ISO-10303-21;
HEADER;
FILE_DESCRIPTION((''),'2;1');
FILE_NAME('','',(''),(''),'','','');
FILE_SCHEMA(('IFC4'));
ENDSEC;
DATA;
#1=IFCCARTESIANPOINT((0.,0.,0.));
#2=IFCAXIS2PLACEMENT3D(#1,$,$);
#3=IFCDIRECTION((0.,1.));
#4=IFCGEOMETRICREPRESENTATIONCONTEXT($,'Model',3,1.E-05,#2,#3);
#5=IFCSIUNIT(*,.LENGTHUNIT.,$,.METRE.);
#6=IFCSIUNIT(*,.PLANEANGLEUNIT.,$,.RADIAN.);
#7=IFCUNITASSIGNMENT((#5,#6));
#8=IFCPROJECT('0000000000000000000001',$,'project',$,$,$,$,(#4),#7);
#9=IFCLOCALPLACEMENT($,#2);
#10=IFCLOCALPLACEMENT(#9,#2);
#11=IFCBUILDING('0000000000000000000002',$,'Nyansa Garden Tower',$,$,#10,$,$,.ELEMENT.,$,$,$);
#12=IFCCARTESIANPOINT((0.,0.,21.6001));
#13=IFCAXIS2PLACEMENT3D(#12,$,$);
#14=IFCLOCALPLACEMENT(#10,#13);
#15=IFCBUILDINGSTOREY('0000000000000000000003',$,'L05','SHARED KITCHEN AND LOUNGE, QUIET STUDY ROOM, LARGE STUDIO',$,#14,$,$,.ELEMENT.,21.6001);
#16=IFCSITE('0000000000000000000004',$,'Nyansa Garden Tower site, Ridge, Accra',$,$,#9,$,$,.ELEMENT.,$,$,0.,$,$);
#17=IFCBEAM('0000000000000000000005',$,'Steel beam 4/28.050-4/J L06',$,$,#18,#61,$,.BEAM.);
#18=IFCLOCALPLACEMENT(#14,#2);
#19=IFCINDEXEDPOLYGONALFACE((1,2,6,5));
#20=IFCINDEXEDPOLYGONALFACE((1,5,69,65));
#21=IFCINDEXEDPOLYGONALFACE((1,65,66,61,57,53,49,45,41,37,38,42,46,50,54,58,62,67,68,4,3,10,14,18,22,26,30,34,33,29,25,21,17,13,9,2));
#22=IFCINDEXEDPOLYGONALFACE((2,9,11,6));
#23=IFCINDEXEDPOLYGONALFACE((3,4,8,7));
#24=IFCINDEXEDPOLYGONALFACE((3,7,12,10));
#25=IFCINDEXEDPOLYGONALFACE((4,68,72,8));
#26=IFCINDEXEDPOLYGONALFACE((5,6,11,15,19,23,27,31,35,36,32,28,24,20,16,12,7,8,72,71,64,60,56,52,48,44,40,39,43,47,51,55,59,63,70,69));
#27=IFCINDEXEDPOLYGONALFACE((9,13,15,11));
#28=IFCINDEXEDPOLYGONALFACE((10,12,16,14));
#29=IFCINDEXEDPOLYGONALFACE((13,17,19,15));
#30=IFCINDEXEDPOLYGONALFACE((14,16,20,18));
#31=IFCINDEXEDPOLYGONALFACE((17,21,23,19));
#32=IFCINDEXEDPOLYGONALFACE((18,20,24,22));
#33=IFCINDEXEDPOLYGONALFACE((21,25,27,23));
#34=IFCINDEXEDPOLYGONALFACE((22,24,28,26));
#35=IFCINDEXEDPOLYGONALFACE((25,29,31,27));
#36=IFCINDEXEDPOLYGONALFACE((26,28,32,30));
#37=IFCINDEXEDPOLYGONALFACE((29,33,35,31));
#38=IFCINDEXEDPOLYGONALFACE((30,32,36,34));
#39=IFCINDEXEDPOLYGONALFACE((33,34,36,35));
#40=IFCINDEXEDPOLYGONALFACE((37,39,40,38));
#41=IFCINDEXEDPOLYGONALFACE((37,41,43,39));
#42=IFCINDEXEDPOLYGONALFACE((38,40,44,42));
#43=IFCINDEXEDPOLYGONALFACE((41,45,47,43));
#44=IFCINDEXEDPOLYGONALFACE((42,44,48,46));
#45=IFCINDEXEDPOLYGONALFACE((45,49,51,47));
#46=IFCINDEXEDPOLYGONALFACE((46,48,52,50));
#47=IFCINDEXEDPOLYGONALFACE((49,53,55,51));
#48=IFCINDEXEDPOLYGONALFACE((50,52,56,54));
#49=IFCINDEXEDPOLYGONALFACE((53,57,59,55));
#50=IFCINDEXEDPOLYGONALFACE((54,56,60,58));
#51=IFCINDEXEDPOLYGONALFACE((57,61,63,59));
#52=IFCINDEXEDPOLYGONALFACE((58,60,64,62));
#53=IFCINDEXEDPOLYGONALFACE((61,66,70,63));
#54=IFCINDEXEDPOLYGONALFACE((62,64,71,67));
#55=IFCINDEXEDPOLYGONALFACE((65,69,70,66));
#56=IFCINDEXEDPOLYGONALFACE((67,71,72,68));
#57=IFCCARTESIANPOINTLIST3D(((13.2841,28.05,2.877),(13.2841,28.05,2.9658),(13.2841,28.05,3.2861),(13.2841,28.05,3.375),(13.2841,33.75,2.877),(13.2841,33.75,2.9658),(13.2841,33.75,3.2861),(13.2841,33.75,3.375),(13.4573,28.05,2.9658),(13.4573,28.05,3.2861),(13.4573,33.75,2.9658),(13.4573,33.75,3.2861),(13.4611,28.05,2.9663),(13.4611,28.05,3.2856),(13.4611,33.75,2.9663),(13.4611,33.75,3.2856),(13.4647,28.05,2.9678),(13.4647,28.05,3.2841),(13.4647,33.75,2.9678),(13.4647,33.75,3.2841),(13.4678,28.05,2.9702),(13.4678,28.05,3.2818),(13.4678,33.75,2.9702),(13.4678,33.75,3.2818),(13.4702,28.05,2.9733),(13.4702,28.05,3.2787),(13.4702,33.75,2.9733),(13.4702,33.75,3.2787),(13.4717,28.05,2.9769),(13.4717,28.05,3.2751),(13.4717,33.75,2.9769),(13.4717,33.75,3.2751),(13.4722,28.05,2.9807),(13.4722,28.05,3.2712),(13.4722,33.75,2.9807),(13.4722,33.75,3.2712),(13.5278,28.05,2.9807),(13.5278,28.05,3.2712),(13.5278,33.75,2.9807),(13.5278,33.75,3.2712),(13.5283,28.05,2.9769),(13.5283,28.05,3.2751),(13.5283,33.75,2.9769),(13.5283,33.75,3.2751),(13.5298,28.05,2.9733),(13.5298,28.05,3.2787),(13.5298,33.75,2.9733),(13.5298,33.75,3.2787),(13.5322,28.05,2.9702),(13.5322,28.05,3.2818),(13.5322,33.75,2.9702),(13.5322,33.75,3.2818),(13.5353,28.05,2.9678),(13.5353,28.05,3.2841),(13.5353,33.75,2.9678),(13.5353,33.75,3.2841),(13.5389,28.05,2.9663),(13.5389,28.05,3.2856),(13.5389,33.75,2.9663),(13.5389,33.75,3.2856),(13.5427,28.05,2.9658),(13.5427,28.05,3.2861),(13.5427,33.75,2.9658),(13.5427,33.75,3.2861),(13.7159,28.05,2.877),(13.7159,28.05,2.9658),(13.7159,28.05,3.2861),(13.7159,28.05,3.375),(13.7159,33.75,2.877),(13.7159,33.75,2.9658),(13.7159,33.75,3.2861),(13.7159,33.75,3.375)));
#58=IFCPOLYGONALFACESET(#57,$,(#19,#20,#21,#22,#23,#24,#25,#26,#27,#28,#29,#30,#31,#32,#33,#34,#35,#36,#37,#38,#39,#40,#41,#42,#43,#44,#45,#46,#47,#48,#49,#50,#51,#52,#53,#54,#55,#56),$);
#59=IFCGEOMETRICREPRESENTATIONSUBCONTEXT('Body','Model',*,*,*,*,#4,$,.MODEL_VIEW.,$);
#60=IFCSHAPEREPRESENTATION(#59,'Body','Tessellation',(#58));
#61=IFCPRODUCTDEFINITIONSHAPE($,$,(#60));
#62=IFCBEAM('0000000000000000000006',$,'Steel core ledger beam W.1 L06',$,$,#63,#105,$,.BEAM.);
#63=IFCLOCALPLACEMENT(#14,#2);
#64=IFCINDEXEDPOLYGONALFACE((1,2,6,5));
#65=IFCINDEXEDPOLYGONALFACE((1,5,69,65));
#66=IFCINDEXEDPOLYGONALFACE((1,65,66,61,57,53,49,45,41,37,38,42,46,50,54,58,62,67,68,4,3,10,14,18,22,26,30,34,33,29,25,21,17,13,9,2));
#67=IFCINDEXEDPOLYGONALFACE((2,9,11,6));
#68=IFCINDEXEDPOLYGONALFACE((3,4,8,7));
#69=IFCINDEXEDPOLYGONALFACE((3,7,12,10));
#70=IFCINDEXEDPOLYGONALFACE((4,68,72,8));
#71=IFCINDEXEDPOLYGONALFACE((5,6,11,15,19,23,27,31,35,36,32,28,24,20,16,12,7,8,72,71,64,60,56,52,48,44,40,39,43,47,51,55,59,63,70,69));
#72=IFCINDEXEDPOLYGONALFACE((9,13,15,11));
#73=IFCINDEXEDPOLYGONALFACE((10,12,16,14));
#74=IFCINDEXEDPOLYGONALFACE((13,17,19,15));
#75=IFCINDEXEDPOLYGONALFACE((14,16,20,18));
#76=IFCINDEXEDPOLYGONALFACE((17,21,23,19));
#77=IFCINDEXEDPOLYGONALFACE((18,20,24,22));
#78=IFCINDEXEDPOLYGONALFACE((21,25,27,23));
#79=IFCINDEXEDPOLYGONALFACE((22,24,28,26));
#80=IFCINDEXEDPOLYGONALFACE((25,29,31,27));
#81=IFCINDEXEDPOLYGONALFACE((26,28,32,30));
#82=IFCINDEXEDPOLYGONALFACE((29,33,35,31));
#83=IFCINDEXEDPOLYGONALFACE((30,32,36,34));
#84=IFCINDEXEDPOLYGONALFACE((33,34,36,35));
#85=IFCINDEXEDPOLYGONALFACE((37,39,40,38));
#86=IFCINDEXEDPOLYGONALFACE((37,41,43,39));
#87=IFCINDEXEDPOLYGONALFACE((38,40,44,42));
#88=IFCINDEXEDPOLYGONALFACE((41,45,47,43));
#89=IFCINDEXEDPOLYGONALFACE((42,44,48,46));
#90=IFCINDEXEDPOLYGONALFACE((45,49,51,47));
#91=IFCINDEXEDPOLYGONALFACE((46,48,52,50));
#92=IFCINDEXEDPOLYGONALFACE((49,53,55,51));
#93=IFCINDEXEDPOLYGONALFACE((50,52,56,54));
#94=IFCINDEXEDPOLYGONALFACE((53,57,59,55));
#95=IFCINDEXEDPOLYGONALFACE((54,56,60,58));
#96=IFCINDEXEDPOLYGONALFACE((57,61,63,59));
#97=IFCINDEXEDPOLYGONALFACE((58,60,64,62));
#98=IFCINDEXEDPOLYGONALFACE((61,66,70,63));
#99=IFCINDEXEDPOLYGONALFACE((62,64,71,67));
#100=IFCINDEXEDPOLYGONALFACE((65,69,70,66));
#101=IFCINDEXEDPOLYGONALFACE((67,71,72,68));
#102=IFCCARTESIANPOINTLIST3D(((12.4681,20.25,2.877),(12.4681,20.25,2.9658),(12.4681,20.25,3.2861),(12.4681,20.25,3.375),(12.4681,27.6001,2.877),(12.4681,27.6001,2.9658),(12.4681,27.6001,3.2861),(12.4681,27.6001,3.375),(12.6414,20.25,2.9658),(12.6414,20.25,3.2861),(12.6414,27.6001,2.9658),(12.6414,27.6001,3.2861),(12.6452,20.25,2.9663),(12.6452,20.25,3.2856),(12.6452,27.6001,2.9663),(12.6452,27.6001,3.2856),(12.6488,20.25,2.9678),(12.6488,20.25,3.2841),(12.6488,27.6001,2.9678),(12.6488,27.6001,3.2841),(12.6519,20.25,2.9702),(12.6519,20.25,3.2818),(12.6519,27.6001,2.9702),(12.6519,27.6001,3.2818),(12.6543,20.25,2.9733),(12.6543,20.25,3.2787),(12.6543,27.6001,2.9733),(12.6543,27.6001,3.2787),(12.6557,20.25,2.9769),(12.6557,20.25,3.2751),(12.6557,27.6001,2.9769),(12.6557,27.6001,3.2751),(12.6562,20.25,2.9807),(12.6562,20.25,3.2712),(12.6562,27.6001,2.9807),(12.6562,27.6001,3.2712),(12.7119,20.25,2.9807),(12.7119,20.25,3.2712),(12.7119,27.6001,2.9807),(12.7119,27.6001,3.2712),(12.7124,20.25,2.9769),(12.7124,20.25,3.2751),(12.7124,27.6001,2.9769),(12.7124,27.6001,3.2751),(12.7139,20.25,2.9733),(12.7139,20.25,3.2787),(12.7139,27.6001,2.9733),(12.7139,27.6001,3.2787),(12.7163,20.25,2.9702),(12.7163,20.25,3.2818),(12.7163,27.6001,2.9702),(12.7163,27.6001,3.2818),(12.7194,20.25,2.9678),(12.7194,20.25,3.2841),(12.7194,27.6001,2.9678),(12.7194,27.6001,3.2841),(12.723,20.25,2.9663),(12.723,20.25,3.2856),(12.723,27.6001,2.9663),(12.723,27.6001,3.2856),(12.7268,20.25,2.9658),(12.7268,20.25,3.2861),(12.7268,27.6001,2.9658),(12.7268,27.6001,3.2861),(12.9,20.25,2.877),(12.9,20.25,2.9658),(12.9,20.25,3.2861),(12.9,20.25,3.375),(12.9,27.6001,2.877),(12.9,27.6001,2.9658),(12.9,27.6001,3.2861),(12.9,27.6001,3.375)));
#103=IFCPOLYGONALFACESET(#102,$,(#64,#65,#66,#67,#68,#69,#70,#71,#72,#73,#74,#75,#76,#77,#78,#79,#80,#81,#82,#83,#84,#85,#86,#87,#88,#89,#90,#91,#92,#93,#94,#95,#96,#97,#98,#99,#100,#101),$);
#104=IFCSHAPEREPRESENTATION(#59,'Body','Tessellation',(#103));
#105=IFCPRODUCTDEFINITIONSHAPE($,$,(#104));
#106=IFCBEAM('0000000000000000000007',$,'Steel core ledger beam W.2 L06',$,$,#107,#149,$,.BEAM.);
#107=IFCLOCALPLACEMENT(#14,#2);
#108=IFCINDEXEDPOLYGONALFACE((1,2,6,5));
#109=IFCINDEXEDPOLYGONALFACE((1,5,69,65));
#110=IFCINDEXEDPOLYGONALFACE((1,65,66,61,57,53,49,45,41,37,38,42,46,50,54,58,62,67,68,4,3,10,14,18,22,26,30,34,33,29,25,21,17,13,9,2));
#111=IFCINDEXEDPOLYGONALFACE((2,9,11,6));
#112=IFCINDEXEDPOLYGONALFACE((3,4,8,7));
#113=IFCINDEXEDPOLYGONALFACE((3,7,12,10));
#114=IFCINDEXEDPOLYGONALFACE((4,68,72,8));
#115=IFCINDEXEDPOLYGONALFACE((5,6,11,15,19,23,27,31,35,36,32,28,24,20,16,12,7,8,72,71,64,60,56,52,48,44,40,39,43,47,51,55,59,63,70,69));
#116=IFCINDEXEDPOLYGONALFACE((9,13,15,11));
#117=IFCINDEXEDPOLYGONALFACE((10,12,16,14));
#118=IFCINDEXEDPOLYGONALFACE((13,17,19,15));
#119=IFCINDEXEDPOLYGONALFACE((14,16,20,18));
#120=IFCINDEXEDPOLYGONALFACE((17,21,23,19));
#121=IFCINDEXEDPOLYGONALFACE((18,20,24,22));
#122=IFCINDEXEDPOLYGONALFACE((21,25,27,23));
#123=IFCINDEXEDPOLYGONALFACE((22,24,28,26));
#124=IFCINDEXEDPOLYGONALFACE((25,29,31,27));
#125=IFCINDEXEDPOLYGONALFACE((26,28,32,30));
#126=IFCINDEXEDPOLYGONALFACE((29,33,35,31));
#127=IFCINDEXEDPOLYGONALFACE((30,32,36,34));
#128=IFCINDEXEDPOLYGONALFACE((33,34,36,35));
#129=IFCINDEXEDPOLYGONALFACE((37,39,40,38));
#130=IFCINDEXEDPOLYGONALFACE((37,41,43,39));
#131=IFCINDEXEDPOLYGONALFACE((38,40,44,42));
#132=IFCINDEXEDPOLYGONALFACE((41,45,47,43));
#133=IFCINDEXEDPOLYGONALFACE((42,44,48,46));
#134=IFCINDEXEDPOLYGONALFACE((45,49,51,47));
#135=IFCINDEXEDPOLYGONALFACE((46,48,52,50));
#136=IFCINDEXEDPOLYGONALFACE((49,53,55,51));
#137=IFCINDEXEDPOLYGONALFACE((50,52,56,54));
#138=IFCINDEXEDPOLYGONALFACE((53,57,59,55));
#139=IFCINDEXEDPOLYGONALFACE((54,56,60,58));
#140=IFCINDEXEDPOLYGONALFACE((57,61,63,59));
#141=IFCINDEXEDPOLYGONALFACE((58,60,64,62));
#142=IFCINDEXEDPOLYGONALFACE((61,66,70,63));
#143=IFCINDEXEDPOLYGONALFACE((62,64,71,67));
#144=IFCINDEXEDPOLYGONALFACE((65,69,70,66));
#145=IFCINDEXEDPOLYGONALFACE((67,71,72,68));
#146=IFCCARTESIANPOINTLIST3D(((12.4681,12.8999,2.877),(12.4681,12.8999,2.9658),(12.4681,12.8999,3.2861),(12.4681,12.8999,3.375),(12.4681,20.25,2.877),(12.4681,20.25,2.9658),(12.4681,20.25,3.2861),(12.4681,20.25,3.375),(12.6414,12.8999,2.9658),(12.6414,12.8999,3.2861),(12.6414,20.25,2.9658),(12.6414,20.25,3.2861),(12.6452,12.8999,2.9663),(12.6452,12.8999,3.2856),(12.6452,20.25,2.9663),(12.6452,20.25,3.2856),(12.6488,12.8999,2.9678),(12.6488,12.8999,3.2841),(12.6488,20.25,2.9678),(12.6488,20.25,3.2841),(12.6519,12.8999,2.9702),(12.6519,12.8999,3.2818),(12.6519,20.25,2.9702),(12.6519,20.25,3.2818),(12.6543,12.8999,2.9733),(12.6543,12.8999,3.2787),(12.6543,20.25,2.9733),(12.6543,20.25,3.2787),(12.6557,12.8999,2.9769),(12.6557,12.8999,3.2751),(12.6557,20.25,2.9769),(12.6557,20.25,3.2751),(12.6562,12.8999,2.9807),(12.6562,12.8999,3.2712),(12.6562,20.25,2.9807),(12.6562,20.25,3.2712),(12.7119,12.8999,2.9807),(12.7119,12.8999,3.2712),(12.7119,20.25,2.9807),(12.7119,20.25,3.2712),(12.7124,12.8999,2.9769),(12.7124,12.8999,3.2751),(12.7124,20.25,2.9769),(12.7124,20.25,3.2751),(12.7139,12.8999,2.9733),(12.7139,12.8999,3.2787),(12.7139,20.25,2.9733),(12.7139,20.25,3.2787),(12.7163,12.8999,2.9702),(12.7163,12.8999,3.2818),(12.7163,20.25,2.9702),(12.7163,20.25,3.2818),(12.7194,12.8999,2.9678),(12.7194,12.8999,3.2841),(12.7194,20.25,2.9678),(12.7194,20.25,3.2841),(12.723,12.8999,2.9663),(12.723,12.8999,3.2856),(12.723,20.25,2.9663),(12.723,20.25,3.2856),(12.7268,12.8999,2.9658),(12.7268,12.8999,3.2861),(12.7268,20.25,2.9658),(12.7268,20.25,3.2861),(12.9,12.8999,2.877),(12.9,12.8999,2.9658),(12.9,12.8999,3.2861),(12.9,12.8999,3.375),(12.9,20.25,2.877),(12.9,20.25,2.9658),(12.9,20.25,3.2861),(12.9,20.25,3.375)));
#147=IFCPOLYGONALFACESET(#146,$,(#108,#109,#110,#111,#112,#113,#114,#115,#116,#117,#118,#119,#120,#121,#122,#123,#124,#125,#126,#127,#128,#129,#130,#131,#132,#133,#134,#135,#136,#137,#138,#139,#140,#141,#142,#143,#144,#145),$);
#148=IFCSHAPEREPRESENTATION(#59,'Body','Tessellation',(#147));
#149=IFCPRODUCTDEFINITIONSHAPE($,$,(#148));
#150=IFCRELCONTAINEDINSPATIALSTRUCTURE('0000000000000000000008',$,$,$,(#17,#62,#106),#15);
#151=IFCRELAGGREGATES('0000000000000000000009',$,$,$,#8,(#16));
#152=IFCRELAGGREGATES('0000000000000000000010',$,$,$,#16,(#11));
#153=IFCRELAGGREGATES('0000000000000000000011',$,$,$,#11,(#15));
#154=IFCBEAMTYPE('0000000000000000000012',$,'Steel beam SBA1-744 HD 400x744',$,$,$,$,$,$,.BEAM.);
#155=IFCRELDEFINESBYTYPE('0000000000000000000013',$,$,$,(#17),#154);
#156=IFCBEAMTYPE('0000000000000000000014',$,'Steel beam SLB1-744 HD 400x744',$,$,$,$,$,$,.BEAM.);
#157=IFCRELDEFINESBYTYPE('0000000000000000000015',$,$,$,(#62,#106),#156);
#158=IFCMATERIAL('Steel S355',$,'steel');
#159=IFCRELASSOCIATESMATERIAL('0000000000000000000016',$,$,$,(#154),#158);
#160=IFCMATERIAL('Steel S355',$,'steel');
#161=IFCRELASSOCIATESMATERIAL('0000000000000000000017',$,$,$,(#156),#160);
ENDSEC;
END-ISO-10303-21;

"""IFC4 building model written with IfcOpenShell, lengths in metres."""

from ifc_helpers import new_model, si_unit, direction, frame, origin, origin_2d, place, context, subcontext, project, spatial, i_section, extrude, material, material_profile, profile_set, type_object, element, save


model = new_model("IFC4")

# Units and contexts
model_context = context("Model", 3, precision=1e-05, world=origin(), true_north=direction((0.0, 1.0)))
body_context = subcontext(model_context, "Body", "Model", "MODEL_VIEW")
ifc_project = project(units=[si_unit("LENGTHUNIT", "METRE"), si_unit("PLANEANGLEUNIT", "RADIAN")], contexts=[model_context])

# Site, building, storey
site_placement = place(None, origin())
site = spatial("IfcSite", under=ifc_project, at=site_placement, Name="Nyansa Garden Tower site, Ridge, Accra", CompositionType="ELEMENT", RefElevation=0.0)
building_placement = place(site_placement, origin())
building = spatial("IfcBuilding", under=site, at=building_placement, Name="Nyansa Garden Tower", CompositionType="ELEMENT")
storey_placement = place(building_placement, frame((0.0, 0.0, 21.6001)))
storey = spatial("IfcBuildingStorey", under=building, at=storey_placement, Name="L05", Description="SHARED KITCHEN AND LOUNGE, QUIET STUDY ROOM, LARGE STUDIO", CompositionType="ELEMENT", Elevation=21.6001)

# Beams
ifc_material_1 = material(Name="Steel S355", Category="steel")
ifc_material_profile_1 = material_profile(ifc_material_1, i_section(OverallWidth=0.4319, OverallDepth=0.498, WebThickness=0.0557, FlangeThickness=0.0889, FilletRadius=0.0149, at=origin_2d()), Name="HD 400x744")
ifc_profile_set_1 = profile_set([ifc_material_profile_1], Name="Steel S355")
beam_type_1 = type_object("IfcBeamType", Name="Steel beam SBA1-744 HD 400x744", PredefinedType="BEAM", material=ifc_profile_set_1)
for number, where, z_axis, x_axis, name in (
    (1, (13.5, 28.05, 3.126), (0.0, 1.0, 0.0), (-1.0, 0.0, 0.0), "Steel beam 4/28.050-4/J L06"),
):
    element("IfcBeam", number, at=place(storey_placement, frame(where, z_axis=z_axis, x_axis=x_axis)), inside=storey, type_object=beam_type_1, Name=name, PredefinedType="BEAM", context=body_context, shape_type="SweptSolid", body=[
        extrude(i_section(OverallWidth=0.4319, OverallDepth=0.498, WebThickness=0.0557, FlangeThickness=0.0889, FilletRadius=0.0149, at=origin_2d()), origin(), (0.0, 0.0, 1.0), 5.7),
    ])
ifc_material_2 = material(Name="Steel S355", Category="steel")
ifc_material_profile_2 = material_profile(ifc_material_2, i_section(OverallWidth=0.4319, OverallDepth=0.498, WebThickness=0.0557, FlangeThickness=0.0889, FilletRadius=0.0149, at=origin_2d()), Name="HD 400x744")
ifc_profile_set_2 = profile_set([ifc_material_profile_2], Name="Steel S355")
beam_type_2 = type_object("IfcBeamType", Name="Steel beam SLB1-744 HD 400x744", PredefinedType="BEAM", material=ifc_profile_set_2)
for number, where, z_axis, x_axis, name in (
    (2, (12.6841, 27.6001, 3.126), (0.0, -1.0, 0.0), (1.0, 0.0, 0.0), "Steel core ledger beam W.1 L06"),
    (3, (12.6841, 20.25, 3.126), (0.0, -1.0, 0.0), (1.0, 0.0, 0.0), "Steel core ledger beam W.2 L06"),
):
    element("IfcBeam", number, at=place(storey_placement, frame(where, z_axis=z_axis, x_axis=x_axis)), inside=storey, type_object=beam_type_2, Name=name, PredefinedType="BEAM", context=body_context, shape_type="SweptSolid", body=[
        extrude(i_section(OverallWidth=0.4319, OverallDepth=0.498, WebThickness=0.0557, FlangeThickness=0.0889, FilletRadius=0.0149, at=origin_2d()), origin(), (0.0, 0.0, 1.0), 7.3501),
    ])

save(model, "model.ifc")
